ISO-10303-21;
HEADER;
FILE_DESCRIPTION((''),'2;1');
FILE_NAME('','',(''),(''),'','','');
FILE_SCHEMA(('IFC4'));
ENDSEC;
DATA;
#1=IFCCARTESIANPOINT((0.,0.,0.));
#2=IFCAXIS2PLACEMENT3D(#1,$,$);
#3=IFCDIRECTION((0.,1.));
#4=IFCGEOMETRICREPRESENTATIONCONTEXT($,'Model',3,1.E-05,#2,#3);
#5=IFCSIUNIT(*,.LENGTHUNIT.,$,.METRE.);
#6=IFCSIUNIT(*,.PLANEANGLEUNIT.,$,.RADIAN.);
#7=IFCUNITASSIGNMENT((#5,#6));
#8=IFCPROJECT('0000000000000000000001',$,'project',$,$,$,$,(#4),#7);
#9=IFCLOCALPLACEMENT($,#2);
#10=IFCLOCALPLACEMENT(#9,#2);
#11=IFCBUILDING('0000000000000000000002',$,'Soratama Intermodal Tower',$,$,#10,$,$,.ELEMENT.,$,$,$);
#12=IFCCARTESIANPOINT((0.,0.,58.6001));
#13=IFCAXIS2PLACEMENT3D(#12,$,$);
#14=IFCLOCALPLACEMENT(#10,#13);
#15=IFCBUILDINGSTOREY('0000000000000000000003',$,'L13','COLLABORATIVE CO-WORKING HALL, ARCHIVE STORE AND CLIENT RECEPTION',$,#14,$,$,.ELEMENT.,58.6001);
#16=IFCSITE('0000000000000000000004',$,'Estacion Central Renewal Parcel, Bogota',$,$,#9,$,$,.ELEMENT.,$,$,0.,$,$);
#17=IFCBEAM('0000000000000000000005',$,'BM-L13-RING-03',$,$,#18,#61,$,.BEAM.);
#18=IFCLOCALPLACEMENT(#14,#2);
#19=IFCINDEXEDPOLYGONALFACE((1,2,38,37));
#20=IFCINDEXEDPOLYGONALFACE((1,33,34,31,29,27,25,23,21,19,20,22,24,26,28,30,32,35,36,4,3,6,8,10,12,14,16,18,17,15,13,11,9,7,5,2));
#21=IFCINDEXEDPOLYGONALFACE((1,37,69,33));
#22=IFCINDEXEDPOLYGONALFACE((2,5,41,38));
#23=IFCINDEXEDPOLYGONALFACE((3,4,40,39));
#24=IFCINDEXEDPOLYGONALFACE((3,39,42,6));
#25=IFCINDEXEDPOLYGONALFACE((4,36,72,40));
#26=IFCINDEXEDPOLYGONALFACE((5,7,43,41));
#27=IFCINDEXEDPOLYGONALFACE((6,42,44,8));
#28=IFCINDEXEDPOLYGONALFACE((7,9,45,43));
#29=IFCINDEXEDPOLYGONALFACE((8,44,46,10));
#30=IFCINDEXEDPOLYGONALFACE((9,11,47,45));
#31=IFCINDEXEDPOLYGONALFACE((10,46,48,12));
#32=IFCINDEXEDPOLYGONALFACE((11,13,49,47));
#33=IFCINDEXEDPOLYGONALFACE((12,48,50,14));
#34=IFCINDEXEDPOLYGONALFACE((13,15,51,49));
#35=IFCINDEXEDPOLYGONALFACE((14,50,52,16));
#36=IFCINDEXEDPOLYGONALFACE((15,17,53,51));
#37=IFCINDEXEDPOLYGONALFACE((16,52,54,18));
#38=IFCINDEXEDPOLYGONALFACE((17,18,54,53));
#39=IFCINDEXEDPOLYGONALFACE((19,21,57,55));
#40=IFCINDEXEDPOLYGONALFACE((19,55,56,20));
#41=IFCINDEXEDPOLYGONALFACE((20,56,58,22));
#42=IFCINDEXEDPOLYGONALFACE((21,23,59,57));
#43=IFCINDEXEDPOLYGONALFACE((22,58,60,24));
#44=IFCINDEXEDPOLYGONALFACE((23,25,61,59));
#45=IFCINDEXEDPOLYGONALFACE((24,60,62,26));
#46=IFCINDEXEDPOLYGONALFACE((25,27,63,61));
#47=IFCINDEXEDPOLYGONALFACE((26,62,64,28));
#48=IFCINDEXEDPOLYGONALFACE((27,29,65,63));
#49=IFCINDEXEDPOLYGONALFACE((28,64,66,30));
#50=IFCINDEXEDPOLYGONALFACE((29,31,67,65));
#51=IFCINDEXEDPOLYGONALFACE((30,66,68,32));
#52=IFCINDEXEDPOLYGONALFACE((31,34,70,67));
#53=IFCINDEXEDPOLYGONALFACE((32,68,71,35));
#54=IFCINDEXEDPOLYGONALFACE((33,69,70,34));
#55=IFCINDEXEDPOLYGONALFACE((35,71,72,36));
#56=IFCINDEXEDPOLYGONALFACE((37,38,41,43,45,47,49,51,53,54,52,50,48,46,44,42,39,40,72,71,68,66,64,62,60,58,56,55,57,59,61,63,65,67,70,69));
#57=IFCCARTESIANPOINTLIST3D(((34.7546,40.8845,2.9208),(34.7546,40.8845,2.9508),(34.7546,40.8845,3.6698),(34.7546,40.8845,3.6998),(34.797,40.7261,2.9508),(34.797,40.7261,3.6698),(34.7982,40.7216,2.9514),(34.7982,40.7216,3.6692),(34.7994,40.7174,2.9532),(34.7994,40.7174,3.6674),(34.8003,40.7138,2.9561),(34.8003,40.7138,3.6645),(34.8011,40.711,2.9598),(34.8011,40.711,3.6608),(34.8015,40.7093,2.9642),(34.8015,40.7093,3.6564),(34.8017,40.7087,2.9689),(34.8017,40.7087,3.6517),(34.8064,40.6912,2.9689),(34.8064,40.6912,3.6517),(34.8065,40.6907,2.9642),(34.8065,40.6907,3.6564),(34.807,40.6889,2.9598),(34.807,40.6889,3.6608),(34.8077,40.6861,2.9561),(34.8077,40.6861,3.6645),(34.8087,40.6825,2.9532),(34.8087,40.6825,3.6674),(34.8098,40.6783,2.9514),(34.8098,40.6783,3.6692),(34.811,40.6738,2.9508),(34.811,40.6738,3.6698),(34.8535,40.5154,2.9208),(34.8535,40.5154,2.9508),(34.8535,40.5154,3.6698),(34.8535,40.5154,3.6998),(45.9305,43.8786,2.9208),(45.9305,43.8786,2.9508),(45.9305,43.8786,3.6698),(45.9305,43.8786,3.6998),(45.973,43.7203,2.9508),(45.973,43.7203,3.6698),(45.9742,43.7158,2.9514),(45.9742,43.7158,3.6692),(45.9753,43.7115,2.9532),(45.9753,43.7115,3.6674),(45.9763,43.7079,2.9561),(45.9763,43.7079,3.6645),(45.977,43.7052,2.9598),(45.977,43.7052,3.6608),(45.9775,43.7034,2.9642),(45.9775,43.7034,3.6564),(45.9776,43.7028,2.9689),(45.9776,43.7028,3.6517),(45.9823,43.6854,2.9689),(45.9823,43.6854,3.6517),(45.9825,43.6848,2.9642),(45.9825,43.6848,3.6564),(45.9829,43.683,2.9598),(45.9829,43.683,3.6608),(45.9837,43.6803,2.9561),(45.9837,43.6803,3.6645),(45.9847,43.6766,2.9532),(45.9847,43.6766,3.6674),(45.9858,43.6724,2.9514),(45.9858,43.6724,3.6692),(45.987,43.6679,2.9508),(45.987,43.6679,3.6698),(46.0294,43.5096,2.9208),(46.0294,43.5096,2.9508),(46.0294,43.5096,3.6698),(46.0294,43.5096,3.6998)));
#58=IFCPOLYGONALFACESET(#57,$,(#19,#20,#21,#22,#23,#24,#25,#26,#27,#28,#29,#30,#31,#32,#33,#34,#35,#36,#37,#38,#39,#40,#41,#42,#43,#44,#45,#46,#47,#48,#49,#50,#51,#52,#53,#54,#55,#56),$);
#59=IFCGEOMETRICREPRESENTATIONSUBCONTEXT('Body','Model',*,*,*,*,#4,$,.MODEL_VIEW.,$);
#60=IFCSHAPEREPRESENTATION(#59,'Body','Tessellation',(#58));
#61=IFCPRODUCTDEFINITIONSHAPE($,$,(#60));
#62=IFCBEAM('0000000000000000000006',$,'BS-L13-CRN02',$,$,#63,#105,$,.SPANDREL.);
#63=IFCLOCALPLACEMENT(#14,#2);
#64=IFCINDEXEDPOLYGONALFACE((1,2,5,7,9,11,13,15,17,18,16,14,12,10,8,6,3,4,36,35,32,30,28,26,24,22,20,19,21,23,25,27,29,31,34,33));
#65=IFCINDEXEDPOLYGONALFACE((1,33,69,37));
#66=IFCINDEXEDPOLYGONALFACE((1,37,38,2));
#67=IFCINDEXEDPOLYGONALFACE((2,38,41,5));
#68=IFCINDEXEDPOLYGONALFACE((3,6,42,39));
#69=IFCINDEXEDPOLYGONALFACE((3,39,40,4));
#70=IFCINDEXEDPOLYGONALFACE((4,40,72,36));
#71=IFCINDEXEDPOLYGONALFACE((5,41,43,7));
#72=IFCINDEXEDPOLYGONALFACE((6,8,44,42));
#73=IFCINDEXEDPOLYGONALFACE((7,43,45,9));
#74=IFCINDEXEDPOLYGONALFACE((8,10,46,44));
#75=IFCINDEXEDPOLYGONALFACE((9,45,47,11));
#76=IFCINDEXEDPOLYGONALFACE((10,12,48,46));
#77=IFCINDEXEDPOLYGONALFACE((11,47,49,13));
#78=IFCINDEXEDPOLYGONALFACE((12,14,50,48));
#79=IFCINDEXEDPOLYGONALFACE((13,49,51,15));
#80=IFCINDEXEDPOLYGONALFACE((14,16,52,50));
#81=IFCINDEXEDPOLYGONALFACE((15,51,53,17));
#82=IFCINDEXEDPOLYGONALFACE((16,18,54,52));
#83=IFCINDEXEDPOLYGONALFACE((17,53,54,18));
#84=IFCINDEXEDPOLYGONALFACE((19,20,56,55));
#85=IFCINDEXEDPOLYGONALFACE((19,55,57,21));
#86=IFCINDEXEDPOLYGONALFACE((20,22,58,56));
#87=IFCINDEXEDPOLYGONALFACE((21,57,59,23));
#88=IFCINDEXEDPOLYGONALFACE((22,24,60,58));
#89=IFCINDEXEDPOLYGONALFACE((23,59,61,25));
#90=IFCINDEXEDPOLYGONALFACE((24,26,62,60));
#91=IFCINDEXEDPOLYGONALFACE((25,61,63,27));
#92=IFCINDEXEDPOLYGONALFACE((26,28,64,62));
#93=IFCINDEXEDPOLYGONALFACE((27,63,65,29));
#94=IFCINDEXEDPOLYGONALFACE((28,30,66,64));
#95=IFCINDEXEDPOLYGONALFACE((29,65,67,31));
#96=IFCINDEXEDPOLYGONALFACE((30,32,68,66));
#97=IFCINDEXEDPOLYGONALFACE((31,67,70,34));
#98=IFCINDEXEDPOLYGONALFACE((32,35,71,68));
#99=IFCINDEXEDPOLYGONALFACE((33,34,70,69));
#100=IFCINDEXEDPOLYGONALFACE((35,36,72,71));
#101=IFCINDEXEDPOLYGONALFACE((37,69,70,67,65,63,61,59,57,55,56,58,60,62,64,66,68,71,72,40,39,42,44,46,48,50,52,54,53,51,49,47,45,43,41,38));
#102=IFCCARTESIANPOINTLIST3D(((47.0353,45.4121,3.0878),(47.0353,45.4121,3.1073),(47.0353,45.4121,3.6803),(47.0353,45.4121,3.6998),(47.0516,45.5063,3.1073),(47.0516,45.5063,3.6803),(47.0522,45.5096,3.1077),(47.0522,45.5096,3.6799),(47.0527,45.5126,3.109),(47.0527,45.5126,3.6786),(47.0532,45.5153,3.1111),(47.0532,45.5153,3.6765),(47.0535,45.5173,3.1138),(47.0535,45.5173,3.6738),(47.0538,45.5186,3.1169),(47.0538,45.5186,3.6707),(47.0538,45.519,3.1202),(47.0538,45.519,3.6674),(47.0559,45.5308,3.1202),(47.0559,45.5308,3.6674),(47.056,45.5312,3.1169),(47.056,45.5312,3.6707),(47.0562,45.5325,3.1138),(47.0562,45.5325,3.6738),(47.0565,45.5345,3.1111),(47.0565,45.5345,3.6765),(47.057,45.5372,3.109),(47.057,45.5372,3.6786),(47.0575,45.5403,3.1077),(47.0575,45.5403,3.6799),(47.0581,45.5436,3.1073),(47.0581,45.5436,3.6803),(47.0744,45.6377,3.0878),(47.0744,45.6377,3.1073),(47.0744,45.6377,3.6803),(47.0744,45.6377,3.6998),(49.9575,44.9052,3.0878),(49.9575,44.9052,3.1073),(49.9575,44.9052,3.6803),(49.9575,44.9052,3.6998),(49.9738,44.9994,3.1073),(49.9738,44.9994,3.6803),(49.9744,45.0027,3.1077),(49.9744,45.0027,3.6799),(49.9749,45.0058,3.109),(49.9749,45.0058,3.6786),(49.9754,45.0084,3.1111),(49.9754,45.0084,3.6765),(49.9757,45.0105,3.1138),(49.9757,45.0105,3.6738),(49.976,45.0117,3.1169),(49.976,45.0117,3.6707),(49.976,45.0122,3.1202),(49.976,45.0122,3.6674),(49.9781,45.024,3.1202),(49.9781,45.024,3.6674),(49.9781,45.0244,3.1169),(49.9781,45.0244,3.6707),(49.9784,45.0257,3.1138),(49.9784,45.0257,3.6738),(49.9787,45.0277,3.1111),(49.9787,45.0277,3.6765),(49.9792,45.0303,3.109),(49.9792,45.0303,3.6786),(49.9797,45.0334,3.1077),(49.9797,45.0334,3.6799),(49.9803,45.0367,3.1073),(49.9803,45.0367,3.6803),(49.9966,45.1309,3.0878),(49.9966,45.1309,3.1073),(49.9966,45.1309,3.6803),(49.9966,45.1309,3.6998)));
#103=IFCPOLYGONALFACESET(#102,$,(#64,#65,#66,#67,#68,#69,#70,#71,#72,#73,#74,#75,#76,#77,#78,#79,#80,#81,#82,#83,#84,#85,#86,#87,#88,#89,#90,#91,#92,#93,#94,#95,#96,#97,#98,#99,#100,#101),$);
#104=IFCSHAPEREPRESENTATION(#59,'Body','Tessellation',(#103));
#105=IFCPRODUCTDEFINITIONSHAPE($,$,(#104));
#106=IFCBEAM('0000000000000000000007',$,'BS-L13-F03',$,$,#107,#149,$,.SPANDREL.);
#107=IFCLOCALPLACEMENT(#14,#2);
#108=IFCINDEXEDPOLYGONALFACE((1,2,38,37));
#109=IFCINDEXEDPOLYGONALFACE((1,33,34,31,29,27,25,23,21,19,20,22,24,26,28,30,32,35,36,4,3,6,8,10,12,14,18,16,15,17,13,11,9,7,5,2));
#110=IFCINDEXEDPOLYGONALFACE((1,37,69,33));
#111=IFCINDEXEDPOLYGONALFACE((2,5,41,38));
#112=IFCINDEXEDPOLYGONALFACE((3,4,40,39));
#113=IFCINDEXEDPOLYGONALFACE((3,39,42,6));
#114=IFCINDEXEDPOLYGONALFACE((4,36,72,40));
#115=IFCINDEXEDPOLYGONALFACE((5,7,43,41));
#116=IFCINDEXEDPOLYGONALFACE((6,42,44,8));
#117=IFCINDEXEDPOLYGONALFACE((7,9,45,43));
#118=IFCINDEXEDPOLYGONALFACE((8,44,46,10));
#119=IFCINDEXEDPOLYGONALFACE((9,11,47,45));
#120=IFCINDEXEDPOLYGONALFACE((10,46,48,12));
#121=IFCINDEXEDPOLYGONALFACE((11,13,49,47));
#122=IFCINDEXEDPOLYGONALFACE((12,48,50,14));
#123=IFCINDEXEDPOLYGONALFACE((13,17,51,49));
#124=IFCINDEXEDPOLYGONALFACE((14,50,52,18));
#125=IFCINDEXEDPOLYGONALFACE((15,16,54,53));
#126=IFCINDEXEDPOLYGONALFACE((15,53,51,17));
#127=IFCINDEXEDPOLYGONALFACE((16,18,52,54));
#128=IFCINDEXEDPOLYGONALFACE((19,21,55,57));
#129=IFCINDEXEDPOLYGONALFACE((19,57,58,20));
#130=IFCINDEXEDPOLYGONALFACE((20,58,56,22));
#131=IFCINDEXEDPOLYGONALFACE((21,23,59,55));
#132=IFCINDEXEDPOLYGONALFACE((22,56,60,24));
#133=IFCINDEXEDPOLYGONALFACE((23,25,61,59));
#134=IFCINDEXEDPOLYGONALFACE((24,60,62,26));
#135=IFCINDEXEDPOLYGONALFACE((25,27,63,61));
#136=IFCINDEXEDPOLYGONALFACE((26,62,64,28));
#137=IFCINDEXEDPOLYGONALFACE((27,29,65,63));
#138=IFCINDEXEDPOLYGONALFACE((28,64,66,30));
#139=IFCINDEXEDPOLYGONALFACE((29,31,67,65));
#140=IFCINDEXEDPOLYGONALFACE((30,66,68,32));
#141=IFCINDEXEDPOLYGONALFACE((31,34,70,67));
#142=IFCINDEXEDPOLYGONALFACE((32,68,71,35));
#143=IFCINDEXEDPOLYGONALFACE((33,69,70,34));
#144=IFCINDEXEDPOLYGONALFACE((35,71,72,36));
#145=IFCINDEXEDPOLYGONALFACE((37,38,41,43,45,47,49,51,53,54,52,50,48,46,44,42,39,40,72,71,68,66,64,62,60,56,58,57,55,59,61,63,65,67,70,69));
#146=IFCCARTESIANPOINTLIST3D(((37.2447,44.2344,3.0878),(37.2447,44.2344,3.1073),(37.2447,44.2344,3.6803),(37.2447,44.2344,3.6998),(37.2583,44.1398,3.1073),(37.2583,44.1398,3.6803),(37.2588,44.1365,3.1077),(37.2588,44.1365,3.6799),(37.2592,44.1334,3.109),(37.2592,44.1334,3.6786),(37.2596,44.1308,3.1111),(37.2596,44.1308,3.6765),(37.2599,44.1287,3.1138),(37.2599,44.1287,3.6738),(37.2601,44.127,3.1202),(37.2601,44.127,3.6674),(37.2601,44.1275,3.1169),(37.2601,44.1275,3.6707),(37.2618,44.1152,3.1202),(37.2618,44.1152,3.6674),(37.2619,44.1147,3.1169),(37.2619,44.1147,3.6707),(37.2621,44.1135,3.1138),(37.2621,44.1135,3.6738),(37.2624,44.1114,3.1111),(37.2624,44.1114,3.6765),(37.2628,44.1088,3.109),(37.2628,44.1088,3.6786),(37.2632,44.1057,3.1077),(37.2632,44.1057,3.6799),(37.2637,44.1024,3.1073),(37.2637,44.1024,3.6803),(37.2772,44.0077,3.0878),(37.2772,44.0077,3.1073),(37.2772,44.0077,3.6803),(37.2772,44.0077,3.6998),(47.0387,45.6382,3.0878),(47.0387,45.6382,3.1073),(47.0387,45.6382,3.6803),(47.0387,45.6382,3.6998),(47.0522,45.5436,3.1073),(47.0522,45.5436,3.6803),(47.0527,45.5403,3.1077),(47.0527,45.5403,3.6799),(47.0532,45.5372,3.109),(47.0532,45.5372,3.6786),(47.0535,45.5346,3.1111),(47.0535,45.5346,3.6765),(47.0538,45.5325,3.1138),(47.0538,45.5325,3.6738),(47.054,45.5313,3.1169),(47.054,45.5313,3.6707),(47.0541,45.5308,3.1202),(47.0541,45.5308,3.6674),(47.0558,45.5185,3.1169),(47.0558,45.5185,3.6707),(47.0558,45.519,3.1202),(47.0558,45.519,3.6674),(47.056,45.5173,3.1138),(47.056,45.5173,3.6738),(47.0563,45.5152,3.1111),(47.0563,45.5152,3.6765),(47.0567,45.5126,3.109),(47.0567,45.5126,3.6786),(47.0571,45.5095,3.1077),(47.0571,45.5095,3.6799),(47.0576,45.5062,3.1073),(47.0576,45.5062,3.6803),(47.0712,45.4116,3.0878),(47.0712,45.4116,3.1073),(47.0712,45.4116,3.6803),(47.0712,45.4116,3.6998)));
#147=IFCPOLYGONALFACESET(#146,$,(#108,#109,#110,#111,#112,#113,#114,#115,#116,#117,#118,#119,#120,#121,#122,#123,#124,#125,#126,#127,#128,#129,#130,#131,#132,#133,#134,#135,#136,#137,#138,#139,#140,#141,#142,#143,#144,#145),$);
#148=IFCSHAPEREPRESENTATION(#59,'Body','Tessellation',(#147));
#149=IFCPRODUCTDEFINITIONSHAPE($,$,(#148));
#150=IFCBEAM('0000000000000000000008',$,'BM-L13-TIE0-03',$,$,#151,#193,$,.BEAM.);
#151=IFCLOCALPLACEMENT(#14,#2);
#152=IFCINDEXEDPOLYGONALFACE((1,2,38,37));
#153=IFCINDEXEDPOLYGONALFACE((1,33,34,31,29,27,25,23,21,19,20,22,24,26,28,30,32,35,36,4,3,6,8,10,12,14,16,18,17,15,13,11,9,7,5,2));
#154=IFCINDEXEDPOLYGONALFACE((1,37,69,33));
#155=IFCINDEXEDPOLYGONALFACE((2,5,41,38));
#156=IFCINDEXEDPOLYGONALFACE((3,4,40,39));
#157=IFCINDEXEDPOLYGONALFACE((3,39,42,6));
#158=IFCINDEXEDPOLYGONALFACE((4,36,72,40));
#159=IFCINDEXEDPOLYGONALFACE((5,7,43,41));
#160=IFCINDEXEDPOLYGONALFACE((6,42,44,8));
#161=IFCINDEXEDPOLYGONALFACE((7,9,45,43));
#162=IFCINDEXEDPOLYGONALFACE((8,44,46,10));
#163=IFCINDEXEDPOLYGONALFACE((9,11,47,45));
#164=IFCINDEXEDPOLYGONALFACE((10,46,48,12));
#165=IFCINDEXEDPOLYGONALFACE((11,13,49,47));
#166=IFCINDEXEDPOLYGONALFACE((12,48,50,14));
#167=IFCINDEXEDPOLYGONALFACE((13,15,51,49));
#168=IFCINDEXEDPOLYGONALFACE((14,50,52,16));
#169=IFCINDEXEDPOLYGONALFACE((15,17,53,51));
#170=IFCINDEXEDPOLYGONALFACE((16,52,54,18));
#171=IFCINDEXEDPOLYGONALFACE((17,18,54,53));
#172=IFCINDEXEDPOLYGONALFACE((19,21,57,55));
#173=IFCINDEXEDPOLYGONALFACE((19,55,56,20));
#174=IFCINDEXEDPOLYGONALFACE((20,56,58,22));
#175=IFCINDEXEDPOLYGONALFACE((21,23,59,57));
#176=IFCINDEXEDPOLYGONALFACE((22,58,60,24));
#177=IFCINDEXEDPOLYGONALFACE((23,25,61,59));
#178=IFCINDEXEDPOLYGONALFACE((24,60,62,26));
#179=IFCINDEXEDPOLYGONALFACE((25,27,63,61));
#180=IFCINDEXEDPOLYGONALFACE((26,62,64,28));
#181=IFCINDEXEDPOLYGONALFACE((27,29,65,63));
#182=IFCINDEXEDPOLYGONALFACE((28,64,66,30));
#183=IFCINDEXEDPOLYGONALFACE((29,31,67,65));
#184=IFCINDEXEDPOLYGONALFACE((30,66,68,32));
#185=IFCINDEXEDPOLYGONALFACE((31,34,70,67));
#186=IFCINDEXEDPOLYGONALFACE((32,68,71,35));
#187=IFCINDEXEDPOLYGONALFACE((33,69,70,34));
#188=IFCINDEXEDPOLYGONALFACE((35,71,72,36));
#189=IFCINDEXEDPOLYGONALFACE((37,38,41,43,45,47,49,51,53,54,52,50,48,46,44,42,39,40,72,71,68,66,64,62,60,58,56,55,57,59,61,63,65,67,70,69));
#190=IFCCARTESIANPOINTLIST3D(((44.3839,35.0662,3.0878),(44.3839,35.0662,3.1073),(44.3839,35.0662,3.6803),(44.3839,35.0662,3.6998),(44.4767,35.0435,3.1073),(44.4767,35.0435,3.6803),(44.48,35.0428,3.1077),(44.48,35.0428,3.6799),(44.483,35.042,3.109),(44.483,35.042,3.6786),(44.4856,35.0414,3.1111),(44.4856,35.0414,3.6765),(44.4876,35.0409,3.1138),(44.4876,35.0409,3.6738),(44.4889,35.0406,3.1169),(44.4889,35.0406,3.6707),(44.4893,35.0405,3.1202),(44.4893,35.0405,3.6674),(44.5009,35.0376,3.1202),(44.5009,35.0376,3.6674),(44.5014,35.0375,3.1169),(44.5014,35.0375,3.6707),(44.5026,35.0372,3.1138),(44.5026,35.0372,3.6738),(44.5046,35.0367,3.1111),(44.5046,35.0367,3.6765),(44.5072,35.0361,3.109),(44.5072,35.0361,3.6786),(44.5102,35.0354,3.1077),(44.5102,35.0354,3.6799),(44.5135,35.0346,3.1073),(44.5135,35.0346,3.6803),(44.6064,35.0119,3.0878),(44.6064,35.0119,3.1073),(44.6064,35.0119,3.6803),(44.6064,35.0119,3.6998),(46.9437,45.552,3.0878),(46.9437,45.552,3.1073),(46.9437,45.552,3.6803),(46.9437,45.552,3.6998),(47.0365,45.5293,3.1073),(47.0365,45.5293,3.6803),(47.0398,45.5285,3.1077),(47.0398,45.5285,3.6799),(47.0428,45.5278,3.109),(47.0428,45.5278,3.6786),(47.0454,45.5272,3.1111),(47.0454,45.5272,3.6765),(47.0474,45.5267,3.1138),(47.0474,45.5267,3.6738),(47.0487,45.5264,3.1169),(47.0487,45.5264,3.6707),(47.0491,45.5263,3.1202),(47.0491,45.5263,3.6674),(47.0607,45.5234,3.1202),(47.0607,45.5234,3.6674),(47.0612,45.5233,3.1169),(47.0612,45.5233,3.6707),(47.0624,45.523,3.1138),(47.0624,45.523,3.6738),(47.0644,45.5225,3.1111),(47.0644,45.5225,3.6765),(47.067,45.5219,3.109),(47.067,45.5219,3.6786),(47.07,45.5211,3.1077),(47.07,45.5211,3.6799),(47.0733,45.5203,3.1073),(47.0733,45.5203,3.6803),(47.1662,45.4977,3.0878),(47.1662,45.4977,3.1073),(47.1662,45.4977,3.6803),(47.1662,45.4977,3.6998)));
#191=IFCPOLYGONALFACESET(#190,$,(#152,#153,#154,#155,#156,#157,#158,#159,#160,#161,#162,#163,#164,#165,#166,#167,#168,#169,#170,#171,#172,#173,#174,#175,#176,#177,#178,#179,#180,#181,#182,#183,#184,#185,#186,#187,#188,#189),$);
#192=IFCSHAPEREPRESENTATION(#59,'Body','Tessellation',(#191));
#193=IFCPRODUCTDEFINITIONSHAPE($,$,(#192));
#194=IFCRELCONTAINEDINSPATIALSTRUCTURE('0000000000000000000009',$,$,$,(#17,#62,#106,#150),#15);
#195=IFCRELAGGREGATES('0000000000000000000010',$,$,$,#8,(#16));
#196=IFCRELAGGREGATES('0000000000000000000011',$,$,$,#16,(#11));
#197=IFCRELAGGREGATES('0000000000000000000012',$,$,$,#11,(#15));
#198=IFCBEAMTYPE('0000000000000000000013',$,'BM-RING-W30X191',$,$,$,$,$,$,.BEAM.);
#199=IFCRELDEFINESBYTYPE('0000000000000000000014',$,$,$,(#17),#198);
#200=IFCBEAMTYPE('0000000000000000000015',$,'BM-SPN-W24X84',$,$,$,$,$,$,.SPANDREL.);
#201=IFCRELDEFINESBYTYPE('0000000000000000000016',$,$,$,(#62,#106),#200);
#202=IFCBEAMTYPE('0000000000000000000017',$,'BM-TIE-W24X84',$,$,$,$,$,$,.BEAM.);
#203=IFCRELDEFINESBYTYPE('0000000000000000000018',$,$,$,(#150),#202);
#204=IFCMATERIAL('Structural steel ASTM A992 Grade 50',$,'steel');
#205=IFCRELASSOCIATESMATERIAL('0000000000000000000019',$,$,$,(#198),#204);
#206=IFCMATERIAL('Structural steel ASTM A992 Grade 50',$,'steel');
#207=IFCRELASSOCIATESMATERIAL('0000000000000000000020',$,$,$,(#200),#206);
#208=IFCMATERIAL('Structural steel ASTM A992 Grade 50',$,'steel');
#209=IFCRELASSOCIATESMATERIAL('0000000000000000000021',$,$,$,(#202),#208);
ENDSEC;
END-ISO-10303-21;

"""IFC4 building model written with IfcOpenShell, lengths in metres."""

from ifc_helpers import new_model, si_unit, direction, frame, origin, origin_2d, place, context, subcontext, project, spatial, i_section, extrude, material, material_profile, profile_set, type_object, element, save


model = new_model("IFC4")

# Units and contexts
model_context = context("Model", 3, precision=1e-05, world=origin(), true_north=direction((0.0, 1.0)))
body_context = subcontext(model_context, "Body", "Model", "MODEL_VIEW")
ifc_project = project(units=[si_unit("LENGTHUNIT", "METRE"), si_unit("PLANEANGLEUNIT", "RADIAN")], contexts=[model_context])

# Site, building, storey
site_placement = place(None, origin())
site = spatial("IfcSite", under=ifc_project, at=site_placement, Name="Estacion Central Renewal Parcel, Bogota", CompositionType="ELEMENT", RefElevation=0.0)
building_placement = place(site_placement, origin())
building = spatial("IfcBuilding", under=site, at=building_placement, Name="Soratama Intermodal Tower", CompositionType="ELEMENT")
storey_placement = place(building_placement, frame((0.0, 0.0, 58.6001)))
storey = spatial("IfcBuildingStorey", under=building, at=storey_placement, Name="L13", Description="COLLABORATIVE CO-WORKING HALL, ARCHIVE STORE AND CLIENT RECEPTION", CompositionType="ELEMENT", Elevation=58.6001)

# Beams
ifc_material_1 = material(Name="Structural steel ASTM A992 Grade 50", Category="steel")
ifc_material_profile_1 = material_profile(ifc_material_1, i_section(OverallWidth=0.3821, OverallDepth=0.7791, WebThickness=0.0181, FlangeThickness=0.03, FilletRadius=0.0181, at=origin_2d()), Name="W30X191")
ifc_profile_set_1 = profile_set([ifc_material_profile_1], Name="Structural steel ASTM A992 Grade 50")
beam_type_1 = type_object("IfcBeamType", Name="BM-RING-W30X191", PredefinedType="BEAM", material=ifc_profile_set_1)
beam_1_placement = place(storey_placement, frame((45.98, 43.6941, 3.3103), z_axis=(-0.965936, -0.258781, 0.0), x_axis=(0.258781, -0.965936, 0.0)))
element("IfcBeam", 1, at=beam_1_placement, inside=storey, type_object=beam_type_1, Name="BM-L13-RING-03", PredefinedType="BEAM", context=body_context, shape_type="SweptSolid", body=[
    extrude(i_section(OverallWidth=0.3821, OverallDepth=0.7791, WebThickness=0.0181, FlangeThickness=0.03, FilletRadius=0.0181, at=origin_2d()), origin(), (0.0, 0.0, 1.0), 11.5701),
])
ifc_material_2 = material(Name="Structural steel ASTM A992 Grade 50", Category="steel")
ifc_material_profile_2 = material_profile(ifc_material_2, i_section(OverallWidth=0.229, OverallDepth=0.6121, WebThickness=0.012, FlangeThickness=0.0195, FilletRadius=0.0129, at=origin_2d()), Name="W24X84")
ifc_profile_set_2 = profile_set([ifc_material_profile_2], Name="Structural steel ASTM A992 Grade 50")
beam_type_2 = type_object("IfcBeamType", Name="BM-SPN-W24X84", PredefinedType="SPANDREL", material=ifc_profile_set_2)
beam_2_placement = place(storey_placement, frame((49.9771, 45.0181, 3.3938), z_axis=(-0.985289, 0.170896, 0.0), x_axis=(-0.170896, -0.985289, 0.0)))
element("IfcBeam", 2, at=beam_2_placement, inside=storey, type_object=beam_type_2, Name="BS-L13-CRN02", PredefinedType="SPANDREL", context=body_context, shape_type="SweptSolid", body=[
    extrude(i_section(OverallWidth=0.229, OverallDepth=0.6121, WebThickness=0.012, FlangeThickness=0.0195, FilletRadius=0.0129, at=origin_2d()), origin(), (0.0, 0.0, 1.0), 2.9658),
])
beam_3_placement = place(storey_placement, frame((47.0549, 45.5249, 3.3938), z_axis=(-0.989883, -0.141884, 0.0), x_axis=(0.141884, -0.989883, 0.0)))
element("IfcBeam", 3, at=beam_3_placement, inside=storey, type_object=beam_type_2, Name="BS-L13-F03", PredefinedType="SPANDREL", context=body_context, shape_type="SweptSolid", body=[
    extrude(i_section(OverallWidth=0.229, OverallDepth=0.6121, WebThickness=0.012, FlangeThickness=0.0195, FilletRadius=0.0129, at=origin_2d()), origin(), (0.0, 0.0, 1.0), 9.894),
])
ifc_material_3 = material(Name="Structural steel ASTM A992 Grade 50", Category="steel")
ifc_material_profile_3 = material_profile(ifc_material_3, i_section(OverallWidth=0.229, OverallDepth=0.6121, WebThickness=0.012, FlangeThickness=0.0195, FilletRadius=0.0129, at=origin_2d()), Name="W24X84")
ifc_profile_set_3 = profile_set([ifc_material_profile_3], Name="Structural steel ASTM A992 Grade 50")
beam_type_3 = type_object("IfcBeamType", Name="BM-TIE-W24X84", PredefinedType="BEAM", material=ifc_profile_set_3)
beam_4_placement = place(storey_placement, frame((44.4951, 35.0391, 3.3938), z_axis=(0.237157, 0.971471, 0.0), x_axis=(-0.971471, 0.237157, 0.0)))
element("IfcBeam", 4, at=beam_4_placement, inside=storey, type_object=beam_type_3, Name="BM-L13-TIE0-03", PredefinedType="BEAM", context=body_context, shape_type="SweptSolid", body=[
    extrude(i_section(OverallWidth=0.229, OverallDepth=0.6121, WebThickness=0.012, FlangeThickness=0.0195, FilletRadius=0.0129, at=origin_2d()), origin(), (0.0, 0.0, 1.0), 10.7937),
])

save(model, "model.ifc")
